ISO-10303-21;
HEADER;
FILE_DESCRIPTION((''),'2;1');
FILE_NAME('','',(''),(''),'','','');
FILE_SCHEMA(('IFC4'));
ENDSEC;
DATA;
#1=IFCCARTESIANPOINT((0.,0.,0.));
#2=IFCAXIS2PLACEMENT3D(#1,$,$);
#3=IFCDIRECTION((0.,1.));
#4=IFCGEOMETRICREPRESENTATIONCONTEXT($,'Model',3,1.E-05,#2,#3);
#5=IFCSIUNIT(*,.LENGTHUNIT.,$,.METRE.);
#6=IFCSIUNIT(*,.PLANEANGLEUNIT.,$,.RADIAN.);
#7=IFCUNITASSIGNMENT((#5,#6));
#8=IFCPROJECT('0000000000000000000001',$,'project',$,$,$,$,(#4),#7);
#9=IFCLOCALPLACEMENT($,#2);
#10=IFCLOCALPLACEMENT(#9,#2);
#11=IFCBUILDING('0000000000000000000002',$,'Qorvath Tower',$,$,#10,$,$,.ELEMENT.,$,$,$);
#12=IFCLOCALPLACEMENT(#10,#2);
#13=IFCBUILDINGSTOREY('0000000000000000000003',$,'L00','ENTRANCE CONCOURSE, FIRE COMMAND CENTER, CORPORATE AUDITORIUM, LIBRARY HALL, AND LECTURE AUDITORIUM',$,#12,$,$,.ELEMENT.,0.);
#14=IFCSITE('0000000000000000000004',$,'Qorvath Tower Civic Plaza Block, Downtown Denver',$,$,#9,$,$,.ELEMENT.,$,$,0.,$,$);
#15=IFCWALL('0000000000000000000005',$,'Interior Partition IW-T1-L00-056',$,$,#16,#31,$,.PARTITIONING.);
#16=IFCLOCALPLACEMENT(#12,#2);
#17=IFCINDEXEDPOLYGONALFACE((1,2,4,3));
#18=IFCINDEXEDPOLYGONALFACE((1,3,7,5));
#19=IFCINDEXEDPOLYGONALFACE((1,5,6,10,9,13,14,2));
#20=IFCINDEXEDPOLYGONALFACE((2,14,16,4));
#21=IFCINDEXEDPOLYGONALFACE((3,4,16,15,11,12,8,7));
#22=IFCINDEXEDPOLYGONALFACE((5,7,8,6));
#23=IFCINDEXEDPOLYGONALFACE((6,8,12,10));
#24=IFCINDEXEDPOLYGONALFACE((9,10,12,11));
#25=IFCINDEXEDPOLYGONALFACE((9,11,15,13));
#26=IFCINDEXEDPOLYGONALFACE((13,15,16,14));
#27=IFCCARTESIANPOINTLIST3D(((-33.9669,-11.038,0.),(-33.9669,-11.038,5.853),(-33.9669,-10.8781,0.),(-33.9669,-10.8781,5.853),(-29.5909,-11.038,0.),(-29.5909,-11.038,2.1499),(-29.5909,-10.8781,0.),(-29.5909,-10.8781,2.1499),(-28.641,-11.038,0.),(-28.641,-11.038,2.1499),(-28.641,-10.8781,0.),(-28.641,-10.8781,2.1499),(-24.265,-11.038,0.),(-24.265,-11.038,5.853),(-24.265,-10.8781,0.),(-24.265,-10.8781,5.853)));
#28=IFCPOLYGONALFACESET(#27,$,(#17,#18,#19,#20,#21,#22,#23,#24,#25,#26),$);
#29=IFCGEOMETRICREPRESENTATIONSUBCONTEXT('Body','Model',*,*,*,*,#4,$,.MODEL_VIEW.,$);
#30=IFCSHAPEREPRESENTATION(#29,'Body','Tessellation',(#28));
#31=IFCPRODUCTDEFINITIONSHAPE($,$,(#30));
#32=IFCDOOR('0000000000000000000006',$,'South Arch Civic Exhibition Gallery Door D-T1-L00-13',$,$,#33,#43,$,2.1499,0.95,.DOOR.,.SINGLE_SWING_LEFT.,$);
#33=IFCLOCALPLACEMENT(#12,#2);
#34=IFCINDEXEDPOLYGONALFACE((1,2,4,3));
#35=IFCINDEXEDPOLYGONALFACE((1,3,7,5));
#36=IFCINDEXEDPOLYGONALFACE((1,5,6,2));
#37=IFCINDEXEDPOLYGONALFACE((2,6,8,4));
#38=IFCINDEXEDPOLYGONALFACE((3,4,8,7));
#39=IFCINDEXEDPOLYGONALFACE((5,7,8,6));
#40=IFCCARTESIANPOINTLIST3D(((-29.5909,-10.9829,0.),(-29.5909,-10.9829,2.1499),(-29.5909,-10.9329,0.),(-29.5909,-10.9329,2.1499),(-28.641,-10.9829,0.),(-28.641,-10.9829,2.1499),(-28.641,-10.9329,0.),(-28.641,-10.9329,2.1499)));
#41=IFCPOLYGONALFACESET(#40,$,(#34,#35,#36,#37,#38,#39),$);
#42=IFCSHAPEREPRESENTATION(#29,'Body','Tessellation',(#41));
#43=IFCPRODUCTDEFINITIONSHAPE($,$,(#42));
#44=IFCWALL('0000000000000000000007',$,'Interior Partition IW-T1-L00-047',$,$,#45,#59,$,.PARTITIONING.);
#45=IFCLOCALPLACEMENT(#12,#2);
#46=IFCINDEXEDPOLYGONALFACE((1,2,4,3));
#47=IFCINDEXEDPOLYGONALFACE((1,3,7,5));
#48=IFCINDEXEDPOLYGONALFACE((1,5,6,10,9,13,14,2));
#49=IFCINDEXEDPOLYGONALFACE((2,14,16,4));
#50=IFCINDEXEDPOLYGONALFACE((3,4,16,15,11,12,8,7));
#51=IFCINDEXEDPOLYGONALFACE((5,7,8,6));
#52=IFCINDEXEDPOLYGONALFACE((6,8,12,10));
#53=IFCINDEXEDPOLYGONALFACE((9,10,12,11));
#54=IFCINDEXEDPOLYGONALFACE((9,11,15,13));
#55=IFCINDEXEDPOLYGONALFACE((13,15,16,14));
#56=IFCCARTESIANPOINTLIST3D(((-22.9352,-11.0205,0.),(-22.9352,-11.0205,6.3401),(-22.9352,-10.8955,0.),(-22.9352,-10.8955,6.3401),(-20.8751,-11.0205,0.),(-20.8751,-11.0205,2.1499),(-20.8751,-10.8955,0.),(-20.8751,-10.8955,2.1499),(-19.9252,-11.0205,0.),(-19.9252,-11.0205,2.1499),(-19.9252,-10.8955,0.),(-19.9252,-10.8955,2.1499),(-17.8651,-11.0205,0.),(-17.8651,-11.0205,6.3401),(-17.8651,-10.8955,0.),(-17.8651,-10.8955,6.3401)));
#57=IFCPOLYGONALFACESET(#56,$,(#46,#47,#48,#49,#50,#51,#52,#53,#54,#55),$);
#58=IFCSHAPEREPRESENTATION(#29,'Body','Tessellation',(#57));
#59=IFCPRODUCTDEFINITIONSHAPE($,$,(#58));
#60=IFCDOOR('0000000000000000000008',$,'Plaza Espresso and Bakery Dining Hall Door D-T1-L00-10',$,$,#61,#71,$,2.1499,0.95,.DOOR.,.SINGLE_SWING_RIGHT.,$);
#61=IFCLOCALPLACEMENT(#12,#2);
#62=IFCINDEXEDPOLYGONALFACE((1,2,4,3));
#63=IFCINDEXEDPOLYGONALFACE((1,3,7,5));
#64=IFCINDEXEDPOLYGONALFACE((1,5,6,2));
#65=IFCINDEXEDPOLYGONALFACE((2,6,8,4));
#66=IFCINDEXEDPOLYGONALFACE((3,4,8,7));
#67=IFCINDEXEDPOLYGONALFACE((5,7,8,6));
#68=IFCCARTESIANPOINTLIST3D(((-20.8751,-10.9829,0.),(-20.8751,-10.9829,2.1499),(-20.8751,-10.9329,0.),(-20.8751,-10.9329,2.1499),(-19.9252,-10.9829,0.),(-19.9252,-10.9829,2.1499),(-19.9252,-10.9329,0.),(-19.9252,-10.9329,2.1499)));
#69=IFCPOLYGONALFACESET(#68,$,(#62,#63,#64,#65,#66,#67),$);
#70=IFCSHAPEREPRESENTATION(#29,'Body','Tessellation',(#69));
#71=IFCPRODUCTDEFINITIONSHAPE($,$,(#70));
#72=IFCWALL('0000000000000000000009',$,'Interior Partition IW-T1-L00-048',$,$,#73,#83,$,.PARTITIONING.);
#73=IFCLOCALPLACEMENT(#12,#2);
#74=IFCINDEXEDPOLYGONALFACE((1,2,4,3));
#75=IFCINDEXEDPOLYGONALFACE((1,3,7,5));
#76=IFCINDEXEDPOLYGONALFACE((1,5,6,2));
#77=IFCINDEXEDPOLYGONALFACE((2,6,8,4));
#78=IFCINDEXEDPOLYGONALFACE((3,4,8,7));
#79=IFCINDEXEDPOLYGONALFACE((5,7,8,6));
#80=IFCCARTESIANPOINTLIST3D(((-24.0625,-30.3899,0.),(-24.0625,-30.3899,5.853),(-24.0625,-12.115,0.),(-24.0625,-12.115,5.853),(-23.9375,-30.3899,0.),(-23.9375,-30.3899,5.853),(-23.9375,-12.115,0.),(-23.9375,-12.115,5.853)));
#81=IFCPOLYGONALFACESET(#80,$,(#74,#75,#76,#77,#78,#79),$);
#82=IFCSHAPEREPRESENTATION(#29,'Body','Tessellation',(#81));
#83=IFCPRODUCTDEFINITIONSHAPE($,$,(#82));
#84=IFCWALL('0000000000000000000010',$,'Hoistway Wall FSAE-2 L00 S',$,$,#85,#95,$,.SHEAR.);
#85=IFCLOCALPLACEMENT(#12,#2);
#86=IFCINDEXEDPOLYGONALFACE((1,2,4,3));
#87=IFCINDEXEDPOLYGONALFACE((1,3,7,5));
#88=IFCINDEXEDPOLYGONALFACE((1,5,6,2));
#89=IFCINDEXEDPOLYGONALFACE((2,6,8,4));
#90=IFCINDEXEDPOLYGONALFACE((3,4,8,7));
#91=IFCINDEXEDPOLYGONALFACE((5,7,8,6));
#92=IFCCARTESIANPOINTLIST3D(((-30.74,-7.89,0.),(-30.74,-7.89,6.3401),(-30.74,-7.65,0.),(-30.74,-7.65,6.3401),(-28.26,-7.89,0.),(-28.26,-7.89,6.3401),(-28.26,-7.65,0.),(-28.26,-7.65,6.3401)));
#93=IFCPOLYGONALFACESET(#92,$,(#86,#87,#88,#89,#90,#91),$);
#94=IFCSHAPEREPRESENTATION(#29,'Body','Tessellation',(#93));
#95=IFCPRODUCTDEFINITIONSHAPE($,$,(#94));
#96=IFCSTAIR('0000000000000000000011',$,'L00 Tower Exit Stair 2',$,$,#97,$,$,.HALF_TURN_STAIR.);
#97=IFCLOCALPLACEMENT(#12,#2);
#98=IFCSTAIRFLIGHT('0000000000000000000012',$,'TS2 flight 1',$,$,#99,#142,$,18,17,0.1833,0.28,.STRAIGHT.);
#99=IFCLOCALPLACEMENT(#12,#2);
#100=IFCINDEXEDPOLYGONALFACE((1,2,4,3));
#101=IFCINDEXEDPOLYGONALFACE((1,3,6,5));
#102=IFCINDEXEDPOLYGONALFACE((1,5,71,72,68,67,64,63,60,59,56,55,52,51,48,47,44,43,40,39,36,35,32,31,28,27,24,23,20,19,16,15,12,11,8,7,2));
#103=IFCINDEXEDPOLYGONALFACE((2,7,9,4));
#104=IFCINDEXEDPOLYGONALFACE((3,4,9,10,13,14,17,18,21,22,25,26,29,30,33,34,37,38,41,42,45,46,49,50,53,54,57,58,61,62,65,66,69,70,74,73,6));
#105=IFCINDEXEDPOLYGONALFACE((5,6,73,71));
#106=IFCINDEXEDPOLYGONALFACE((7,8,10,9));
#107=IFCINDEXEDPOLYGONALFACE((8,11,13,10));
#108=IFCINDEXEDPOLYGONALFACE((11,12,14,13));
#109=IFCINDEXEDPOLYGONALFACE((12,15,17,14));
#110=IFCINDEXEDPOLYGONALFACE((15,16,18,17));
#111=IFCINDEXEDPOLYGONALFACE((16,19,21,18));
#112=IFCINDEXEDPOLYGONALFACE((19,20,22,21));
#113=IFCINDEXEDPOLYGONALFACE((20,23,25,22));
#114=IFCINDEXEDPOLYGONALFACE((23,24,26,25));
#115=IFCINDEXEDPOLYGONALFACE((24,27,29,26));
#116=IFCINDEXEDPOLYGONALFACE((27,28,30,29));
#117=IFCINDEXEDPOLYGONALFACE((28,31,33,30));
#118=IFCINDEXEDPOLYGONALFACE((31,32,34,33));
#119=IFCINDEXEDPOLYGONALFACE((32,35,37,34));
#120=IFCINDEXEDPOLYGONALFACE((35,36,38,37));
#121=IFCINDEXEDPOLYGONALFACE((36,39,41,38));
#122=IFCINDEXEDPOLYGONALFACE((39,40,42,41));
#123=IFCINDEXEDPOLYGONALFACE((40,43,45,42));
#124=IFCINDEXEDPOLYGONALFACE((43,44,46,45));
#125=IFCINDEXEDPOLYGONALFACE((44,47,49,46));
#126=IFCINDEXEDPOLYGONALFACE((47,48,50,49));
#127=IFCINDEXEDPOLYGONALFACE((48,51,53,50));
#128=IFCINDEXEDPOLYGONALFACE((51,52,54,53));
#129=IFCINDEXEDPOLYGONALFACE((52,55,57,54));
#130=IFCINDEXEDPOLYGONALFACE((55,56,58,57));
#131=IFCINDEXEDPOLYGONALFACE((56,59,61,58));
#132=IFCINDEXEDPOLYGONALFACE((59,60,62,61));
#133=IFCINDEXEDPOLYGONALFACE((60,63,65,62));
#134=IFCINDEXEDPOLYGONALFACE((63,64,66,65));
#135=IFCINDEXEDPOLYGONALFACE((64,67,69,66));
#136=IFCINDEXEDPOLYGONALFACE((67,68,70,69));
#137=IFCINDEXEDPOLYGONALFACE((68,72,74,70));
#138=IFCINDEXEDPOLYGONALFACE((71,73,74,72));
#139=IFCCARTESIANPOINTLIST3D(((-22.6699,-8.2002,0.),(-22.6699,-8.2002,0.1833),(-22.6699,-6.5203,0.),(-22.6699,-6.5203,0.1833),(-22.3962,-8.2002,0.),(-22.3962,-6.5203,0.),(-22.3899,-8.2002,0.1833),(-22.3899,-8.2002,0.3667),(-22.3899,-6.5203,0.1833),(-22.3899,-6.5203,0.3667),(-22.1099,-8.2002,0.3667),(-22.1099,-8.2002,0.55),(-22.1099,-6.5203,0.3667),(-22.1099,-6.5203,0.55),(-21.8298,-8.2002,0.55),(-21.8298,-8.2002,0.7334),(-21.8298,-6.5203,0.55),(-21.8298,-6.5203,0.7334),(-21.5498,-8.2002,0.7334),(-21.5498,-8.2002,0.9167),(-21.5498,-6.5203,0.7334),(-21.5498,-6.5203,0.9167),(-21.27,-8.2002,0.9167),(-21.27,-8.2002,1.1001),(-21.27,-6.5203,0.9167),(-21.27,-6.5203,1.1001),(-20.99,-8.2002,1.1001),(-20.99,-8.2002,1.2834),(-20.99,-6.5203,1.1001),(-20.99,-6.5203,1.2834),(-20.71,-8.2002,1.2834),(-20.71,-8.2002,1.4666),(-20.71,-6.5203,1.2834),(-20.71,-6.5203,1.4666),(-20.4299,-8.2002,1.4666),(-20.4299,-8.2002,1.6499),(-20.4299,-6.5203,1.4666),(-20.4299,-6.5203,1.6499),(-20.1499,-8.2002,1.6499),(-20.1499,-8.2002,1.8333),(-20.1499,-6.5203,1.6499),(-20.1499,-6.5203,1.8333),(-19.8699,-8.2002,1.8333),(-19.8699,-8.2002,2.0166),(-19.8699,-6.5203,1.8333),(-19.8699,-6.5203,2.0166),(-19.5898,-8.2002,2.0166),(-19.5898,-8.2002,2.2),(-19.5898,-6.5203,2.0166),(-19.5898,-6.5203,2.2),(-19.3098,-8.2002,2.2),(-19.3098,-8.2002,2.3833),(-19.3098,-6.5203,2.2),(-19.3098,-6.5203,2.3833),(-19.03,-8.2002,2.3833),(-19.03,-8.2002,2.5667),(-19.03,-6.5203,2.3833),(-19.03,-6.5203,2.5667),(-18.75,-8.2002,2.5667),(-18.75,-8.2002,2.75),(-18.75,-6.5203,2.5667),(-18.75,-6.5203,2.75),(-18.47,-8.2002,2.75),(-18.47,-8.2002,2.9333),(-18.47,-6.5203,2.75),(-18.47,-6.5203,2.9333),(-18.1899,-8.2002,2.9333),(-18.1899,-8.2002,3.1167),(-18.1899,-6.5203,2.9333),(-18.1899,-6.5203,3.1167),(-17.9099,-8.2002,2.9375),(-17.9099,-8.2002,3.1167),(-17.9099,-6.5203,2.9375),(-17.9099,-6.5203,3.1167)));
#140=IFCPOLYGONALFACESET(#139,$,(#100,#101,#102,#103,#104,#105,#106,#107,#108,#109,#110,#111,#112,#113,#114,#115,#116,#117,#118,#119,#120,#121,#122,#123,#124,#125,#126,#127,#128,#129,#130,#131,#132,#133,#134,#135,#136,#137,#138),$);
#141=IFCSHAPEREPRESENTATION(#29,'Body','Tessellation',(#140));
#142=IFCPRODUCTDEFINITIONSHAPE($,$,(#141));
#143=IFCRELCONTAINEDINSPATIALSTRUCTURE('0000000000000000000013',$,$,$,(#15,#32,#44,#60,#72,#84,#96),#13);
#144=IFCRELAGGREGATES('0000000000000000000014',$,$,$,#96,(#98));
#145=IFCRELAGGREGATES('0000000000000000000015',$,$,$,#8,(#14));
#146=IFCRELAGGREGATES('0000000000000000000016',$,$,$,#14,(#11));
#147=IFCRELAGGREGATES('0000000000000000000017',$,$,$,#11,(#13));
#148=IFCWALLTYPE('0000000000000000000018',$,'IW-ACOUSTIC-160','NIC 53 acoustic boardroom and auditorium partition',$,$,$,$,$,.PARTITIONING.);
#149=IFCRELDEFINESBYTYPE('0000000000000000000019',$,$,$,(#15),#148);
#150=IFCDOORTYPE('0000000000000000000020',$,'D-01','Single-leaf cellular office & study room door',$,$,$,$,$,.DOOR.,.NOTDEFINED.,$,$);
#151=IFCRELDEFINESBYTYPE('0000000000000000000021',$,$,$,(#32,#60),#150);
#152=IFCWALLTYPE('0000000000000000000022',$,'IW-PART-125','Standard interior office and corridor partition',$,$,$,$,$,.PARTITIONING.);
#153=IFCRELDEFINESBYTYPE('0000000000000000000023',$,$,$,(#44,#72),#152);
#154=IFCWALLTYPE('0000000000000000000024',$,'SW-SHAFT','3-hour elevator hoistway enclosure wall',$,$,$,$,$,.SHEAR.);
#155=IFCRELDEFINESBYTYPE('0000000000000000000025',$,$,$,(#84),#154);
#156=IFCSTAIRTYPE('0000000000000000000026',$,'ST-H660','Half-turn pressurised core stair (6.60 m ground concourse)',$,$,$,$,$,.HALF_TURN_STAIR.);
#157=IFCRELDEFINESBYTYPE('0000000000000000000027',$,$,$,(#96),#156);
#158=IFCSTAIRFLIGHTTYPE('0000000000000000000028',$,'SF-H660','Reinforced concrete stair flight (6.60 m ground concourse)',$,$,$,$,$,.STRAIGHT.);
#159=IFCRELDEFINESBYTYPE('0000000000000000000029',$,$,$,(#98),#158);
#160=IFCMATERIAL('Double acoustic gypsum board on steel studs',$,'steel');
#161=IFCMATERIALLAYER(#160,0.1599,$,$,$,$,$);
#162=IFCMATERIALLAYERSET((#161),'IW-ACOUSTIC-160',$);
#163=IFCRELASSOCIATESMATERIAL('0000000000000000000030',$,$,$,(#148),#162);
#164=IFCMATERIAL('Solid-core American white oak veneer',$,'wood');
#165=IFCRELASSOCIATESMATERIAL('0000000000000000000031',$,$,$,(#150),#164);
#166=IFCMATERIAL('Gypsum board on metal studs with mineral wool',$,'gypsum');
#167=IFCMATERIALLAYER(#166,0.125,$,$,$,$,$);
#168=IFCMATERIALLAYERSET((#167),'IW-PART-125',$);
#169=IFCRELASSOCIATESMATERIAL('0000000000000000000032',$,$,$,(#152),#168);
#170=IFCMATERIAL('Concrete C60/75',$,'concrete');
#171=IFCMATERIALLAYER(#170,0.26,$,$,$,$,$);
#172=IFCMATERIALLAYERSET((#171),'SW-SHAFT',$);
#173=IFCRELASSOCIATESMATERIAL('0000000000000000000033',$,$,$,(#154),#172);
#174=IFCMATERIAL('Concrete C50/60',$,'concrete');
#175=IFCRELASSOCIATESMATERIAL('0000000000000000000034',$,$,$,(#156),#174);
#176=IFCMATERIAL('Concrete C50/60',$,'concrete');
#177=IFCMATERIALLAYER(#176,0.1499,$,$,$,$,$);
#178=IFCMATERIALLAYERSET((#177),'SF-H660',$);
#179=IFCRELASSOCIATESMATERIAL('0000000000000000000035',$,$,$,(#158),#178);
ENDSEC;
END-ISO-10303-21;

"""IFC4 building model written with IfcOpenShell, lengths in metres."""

from ifc_helpers import new_model, si_unit, direction, frame, frame_2d, origin, place, context, subcontext, project, spatial, polyline, rectangle, outline, extrude, material, layer, layer_set, type_object, element, fill, aggregate, save


model = new_model("IFC4")

# Units and contexts
model_context = context("Model", 3, precision=1e-05, world=origin(), true_north=direction((0.0, 1.0)))
body_context = subcontext(model_context, "Body", "Model", "MODEL_VIEW")
ifc_project = project(units=[si_unit("LENGTHUNIT", "METRE"), si_unit("PLANEANGLEUNIT", "RADIAN")], contexts=[model_context])

# Site, building, storey
site_placement = place(None, origin())
site = spatial("IfcSite", under=ifc_project, at=site_placement, Name="Qorvath Tower Civic Plaza Block, Downtown Denver", CompositionType="ELEMENT", RefElevation=0.0)
building_placement = place(site_placement, origin())
building = spatial("IfcBuilding", under=site, at=building_placement, Name="Qorvath Tower", CompositionType="ELEMENT")
storey_placement = place(building_placement, origin())
storey = spatial("IfcBuildingStorey", under=building, at=storey_placement, Name="L00", Description="ENTRANCE CONCOURSE, FIRE COMMAND CENTER, CORPORATE AUDITORIUM, LIBRARY HALL, AND LECTURE AUDITORIUM", CompositionType="ELEMENT", Elevation=0.0)

# Walls, openings, doors
ifc_material_1 = material(Name="Double acoustic gypsum board on steel studs", Category="steel")
ifc_layer_1 = layer(ifc_material_1, 0.1599)
ifc_layer_set_1 = layer_set([ifc_layer_1], Name="IW-ACOUSTIC-160")
wall_type_1 = type_object("IfcWallType", Name="IW-ACOUSTIC-160", Description="NIC 53 acoustic boardroom and auditorium partition", PredefinedType="PARTITIONING", material=ifc_layer_set_1)
wall_1_placement = place(storey_placement, frame((-24.2649, -10.958, 0.0), z_axis=(0.0, 0.0, 1.0), x_axis=(-1.0, 0.0, 0.0)))
wall_1 = element("IfcWall", 1, at=wall_1_placement, inside=storey, type_object=wall_type_1, Name="Interior Partition IW-T1-L00-056", PredefinedType="PARTITIONING", context=body_context, shape_type="SweptSolid", body=[
    extrude(rectangle(XDim=9.7019, YDim=0.1599, at=frame_2d((4.8511, 0.0))), origin(), (0.0, 0.0, 1.0), 5.853),
])
opening_1_placement = place(wall_1_placement, frame((4.376, 0.0, 0.0)))
opening_1 = element("IfcOpeningElement", 2, at=opening_1_placement, cuts=wall_1, PredefinedType="OPENING", context=body_context, shape_type="SweptSolid", body=[
    extrude(rectangle(XDim=0.95, YDim=2.1499, at=frame_2d((0.4751, 1.075))), frame((0.0, 0.0898, 0.0), z_axis=(0.0, -1.0, 0.0), x_axis=(1.0, 0.0, 0.0)), (0.0, 0.0, 1.0), 0.1799),
])
ifc_material_2 = material(Name="Solid-core American white oak veneer", Category="wood")
door_type_1 = type_object("IfcDoorType", Name="D-01", Description="Single-leaf cellular office & study room door", OperationType="NOTDEFINED", PredefinedType="DOOR", material=ifc_material_2)
door_1_placement = place(opening_1_placement, origin())
door_1 = element("IfcDoor", 3, at=door_1_placement, inside=storey, type_object=door_type_1, Name="South Arch Civic Exhibition Gallery Door D-T1-L00-13", OperationType="SINGLE_SWING_LEFT", OverallHeight=2.1499, OverallWidth=0.95, PredefinedType="DOOR", context=body_context, shape_type="SweptSolid", body=[
    extrude(rectangle(XDim=0.95, YDim=2.1499, at=frame_2d((0.4751, 1.075))), frame((0.0, 0.0249, 0.0), z_axis=(0.0, -1.0, 0.0), x_axis=(1.0, 0.0, 0.0)), (0.0, 0.0, 1.0), 0.05),
])
fill(opening_1, door_1)
ifc_material_3 = material(Name="Gypsum board on metal studs with mineral wool", Category="gypsum")
ifc_layer_2 = layer(ifc_material_3, 0.125)
ifc_layer_set_2 = layer_set([ifc_layer_2], Name="IW-PART-125")
wall_type_2 = type_object("IfcWallType", Name="IW-PART-125", Description="Standard interior office and corridor partition", PredefinedType="PARTITIONING", material=ifc_layer_set_2)
wall_2_placement = place(storey_placement, frame((-17.865, -10.958, 0.0), z_axis=(0.0, 0.0, 1.0), x_axis=(-1.0, 0.0, 0.0)))
wall_2 = element("IfcWall", 4, at=wall_2_placement, inside=storey, type_object=wall_type_2, Name="Interior Partition IW-T1-L00-047", PredefinedType="PARTITIONING", context=body_context, shape_type="SweptSolid", body=[
    extrude(rectangle(XDim=5.0701, YDim=0.125, at=frame_2d((2.5352, 0.0))), origin(), (0.0, 0.0, 1.0), 6.3401),
])
opening_2_placement = place(wall_2_placement, frame((2.0601, 0.0, 0.0)))
opening_2 = element("IfcOpeningElement", 5, at=opening_2_placement, cuts=wall_2, PredefinedType="OPENING", context=body_context, shape_type="SweptSolid", body=[
    extrude(rectangle(XDim=0.95, YDim=2.1499, at=frame_2d((0.4751, 1.075))), frame((0.0, 0.0725, 0.0), z_axis=(0.0, -1.0, 0.0), x_axis=(1.0, 0.0, 0.0)), (0.0, 0.0, 1.0), 0.145),
])
door_2_placement = place(opening_2_placement, origin())
door_2 = element("IfcDoor", 6, at=door_2_placement, inside=storey, type_object=door_type_1, Name="Plaza Espresso and Bakery Dining Hall Door D-T1-L00-10", OperationType="SINGLE_SWING_RIGHT", OverallHeight=2.1499, OverallWidth=0.95, PredefinedType="DOOR", context=body_context, shape_type="SweptSolid", body=[
    extrude(rectangle(XDim=0.95, YDim=2.1499, at=frame_2d((0.4751, 1.075))), frame((0.0, 0.0249, 0.0), z_axis=(0.0, -1.0, 0.0), x_axis=(1.0, 0.0, 0.0)), (0.0, 0.0, 1.0), 0.05),
])
fill(opening_2, door_2)

# Walls
wall_3_placement = place(storey_placement, frame((-24.0, -12.115, 0.0), z_axis=(0.0, 0.0, 1.0), x_axis=(0.0, -1.0, 0.0)))
element("IfcWall", 7, at=wall_3_placement, inside=storey, type_object=wall_type_2, Name="Interior Partition IW-T1-L00-048", PredefinedType="PARTITIONING", context=body_context, shape_type="SweptSolid", body=[
    extrude(rectangle(XDim=18.2749, YDim=0.125, at=frame_2d((9.1375, 0.0))), origin(), (0.0, 0.0, 1.0), 5.853),
])
ifc_material_4 = material(Name="Concrete C60/75", Category="concrete")
ifc_layer_3 = layer(ifc_material_4, 0.26)
ifc_layer_set_3 = layer_set([ifc_layer_3], Name="SW-SHAFT")
wall_type_3 = type_object("IfcWallType", Name="SW-SHAFT", Description="3-hour elevator hoistway enclosure wall", PredefinedType="SHEAR", material=ifc_layer_set_3)
wall_4_placement = place(storey_placement, frame((-28.26, -7.77, 0.0), z_axis=(0.0, 0.0, 1.0), x_axis=(-1.0, 0.0, 0.0)))
element("IfcWall", 8, at=wall_4_placement, inside=storey, type_object=wall_type_3, Name="Hoistway Wall FSAE-2 L00 S", PredefinedType="SHEAR", context=body_context, shape_type="SweptSolid", body=[
    extrude(rectangle(XDim=2.48, YDim=0.24, at=frame_2d((1.24, 0.0))), origin(), (0.0, 0.0, 1.0), 6.3401),
])

# Stair, stair flight
ifc_material_5 = material(Name="Concrete C50/60", Category="concrete")
stair_type = type_object("IfcStairType", Name="ST-H660", Description="Half-turn pressurised core stair (6.60 m ground concourse)", PredefinedType="HALF_TURN_STAIR", material=ifc_material_5)
stair_placement = place(storey_placement, origin())
stair = element("IfcStair", 9, at=stair_placement, inside=storey, type_object=stair_type, Name="L00 Tower Exit Stair 2", PredefinedType="HALF_TURN_STAIR")
ifc_material_6 = material(Name="Concrete C50/60", Category="concrete")
ifc_layer_4 = layer(ifc_material_6, 0.1499)
ifc_layer_set_4 = layer_set([ifc_layer_4], Name="SF-H660")
stair_flight_type = type_object("IfcStairFlightType", Name="SF-H660", Description="Reinforced concrete stair flight (6.60 m ground concourse)", PredefinedType="STRAIGHT", material=ifc_layer_set_4)
stair_flight_placement = place(storey_placement, frame((-22.6699, -7.3601, 0.0), z_axis=(0.0, 0.0, 1.0), x_axis=(1.0, 0.0, 0.0)))
stair_flight = element("IfcStairFlight", 10, at=stair_flight_placement, type_object=stair_flight_type, Name="TS2 flight 1", NumberOfRisers=18, NumberOfTreads=17, PredefinedType="STRAIGHT", RiserHeight=0.1833, TreadLength=0.28, context=body_context, shape_type="SweptSolid", body=[
    extrude(outline(polyline([(0.0, 0.0), (0.0, 0.1833), (0.28, 0.1833), (0.28, 0.3667), (0.5601, 0.3667), (0.5601, 0.55), (0.8401, 0.55), (0.8401, 0.7334), (1.1201, 0.7334), (1.1201, 0.9167), (1.3999, 0.9167), (1.3999, 1.1001), (1.6799, 1.1001), (1.6799, 1.2834), (1.96, 1.2834), (1.96, 1.4666), (2.24, 1.4666), (2.24, 1.6499), (2.52, 1.6499), (2.52, 1.8333), (2.8, 1.8333), (2.8, 2.0166), (3.0801, 2.0166), (3.0801, 2.2), (3.3601, 2.2), (3.3601, 2.3833), (3.6399, 2.3833), (3.6399, 2.5667), (3.9199, 2.5667), (3.9199, 2.75), (4.2, 2.75), (4.2, 2.9333), (4.48, 2.9333), (4.48, 3.1167), (4.76, 3.1167), (4.76, 3.3), (4.76, 2.9375), (0.2737, 0.0), (0.0, 0.0)])), frame((0.0, 0.8398, 0.0), z_axis=(0.0, -1.0, 0.0), x_axis=(1.0, 0.0, 0.0)), (0.0, 0.0, 1.0), 1.6799),
])
aggregate(stair, [stair_flight])

save(model, "model.ifc")
